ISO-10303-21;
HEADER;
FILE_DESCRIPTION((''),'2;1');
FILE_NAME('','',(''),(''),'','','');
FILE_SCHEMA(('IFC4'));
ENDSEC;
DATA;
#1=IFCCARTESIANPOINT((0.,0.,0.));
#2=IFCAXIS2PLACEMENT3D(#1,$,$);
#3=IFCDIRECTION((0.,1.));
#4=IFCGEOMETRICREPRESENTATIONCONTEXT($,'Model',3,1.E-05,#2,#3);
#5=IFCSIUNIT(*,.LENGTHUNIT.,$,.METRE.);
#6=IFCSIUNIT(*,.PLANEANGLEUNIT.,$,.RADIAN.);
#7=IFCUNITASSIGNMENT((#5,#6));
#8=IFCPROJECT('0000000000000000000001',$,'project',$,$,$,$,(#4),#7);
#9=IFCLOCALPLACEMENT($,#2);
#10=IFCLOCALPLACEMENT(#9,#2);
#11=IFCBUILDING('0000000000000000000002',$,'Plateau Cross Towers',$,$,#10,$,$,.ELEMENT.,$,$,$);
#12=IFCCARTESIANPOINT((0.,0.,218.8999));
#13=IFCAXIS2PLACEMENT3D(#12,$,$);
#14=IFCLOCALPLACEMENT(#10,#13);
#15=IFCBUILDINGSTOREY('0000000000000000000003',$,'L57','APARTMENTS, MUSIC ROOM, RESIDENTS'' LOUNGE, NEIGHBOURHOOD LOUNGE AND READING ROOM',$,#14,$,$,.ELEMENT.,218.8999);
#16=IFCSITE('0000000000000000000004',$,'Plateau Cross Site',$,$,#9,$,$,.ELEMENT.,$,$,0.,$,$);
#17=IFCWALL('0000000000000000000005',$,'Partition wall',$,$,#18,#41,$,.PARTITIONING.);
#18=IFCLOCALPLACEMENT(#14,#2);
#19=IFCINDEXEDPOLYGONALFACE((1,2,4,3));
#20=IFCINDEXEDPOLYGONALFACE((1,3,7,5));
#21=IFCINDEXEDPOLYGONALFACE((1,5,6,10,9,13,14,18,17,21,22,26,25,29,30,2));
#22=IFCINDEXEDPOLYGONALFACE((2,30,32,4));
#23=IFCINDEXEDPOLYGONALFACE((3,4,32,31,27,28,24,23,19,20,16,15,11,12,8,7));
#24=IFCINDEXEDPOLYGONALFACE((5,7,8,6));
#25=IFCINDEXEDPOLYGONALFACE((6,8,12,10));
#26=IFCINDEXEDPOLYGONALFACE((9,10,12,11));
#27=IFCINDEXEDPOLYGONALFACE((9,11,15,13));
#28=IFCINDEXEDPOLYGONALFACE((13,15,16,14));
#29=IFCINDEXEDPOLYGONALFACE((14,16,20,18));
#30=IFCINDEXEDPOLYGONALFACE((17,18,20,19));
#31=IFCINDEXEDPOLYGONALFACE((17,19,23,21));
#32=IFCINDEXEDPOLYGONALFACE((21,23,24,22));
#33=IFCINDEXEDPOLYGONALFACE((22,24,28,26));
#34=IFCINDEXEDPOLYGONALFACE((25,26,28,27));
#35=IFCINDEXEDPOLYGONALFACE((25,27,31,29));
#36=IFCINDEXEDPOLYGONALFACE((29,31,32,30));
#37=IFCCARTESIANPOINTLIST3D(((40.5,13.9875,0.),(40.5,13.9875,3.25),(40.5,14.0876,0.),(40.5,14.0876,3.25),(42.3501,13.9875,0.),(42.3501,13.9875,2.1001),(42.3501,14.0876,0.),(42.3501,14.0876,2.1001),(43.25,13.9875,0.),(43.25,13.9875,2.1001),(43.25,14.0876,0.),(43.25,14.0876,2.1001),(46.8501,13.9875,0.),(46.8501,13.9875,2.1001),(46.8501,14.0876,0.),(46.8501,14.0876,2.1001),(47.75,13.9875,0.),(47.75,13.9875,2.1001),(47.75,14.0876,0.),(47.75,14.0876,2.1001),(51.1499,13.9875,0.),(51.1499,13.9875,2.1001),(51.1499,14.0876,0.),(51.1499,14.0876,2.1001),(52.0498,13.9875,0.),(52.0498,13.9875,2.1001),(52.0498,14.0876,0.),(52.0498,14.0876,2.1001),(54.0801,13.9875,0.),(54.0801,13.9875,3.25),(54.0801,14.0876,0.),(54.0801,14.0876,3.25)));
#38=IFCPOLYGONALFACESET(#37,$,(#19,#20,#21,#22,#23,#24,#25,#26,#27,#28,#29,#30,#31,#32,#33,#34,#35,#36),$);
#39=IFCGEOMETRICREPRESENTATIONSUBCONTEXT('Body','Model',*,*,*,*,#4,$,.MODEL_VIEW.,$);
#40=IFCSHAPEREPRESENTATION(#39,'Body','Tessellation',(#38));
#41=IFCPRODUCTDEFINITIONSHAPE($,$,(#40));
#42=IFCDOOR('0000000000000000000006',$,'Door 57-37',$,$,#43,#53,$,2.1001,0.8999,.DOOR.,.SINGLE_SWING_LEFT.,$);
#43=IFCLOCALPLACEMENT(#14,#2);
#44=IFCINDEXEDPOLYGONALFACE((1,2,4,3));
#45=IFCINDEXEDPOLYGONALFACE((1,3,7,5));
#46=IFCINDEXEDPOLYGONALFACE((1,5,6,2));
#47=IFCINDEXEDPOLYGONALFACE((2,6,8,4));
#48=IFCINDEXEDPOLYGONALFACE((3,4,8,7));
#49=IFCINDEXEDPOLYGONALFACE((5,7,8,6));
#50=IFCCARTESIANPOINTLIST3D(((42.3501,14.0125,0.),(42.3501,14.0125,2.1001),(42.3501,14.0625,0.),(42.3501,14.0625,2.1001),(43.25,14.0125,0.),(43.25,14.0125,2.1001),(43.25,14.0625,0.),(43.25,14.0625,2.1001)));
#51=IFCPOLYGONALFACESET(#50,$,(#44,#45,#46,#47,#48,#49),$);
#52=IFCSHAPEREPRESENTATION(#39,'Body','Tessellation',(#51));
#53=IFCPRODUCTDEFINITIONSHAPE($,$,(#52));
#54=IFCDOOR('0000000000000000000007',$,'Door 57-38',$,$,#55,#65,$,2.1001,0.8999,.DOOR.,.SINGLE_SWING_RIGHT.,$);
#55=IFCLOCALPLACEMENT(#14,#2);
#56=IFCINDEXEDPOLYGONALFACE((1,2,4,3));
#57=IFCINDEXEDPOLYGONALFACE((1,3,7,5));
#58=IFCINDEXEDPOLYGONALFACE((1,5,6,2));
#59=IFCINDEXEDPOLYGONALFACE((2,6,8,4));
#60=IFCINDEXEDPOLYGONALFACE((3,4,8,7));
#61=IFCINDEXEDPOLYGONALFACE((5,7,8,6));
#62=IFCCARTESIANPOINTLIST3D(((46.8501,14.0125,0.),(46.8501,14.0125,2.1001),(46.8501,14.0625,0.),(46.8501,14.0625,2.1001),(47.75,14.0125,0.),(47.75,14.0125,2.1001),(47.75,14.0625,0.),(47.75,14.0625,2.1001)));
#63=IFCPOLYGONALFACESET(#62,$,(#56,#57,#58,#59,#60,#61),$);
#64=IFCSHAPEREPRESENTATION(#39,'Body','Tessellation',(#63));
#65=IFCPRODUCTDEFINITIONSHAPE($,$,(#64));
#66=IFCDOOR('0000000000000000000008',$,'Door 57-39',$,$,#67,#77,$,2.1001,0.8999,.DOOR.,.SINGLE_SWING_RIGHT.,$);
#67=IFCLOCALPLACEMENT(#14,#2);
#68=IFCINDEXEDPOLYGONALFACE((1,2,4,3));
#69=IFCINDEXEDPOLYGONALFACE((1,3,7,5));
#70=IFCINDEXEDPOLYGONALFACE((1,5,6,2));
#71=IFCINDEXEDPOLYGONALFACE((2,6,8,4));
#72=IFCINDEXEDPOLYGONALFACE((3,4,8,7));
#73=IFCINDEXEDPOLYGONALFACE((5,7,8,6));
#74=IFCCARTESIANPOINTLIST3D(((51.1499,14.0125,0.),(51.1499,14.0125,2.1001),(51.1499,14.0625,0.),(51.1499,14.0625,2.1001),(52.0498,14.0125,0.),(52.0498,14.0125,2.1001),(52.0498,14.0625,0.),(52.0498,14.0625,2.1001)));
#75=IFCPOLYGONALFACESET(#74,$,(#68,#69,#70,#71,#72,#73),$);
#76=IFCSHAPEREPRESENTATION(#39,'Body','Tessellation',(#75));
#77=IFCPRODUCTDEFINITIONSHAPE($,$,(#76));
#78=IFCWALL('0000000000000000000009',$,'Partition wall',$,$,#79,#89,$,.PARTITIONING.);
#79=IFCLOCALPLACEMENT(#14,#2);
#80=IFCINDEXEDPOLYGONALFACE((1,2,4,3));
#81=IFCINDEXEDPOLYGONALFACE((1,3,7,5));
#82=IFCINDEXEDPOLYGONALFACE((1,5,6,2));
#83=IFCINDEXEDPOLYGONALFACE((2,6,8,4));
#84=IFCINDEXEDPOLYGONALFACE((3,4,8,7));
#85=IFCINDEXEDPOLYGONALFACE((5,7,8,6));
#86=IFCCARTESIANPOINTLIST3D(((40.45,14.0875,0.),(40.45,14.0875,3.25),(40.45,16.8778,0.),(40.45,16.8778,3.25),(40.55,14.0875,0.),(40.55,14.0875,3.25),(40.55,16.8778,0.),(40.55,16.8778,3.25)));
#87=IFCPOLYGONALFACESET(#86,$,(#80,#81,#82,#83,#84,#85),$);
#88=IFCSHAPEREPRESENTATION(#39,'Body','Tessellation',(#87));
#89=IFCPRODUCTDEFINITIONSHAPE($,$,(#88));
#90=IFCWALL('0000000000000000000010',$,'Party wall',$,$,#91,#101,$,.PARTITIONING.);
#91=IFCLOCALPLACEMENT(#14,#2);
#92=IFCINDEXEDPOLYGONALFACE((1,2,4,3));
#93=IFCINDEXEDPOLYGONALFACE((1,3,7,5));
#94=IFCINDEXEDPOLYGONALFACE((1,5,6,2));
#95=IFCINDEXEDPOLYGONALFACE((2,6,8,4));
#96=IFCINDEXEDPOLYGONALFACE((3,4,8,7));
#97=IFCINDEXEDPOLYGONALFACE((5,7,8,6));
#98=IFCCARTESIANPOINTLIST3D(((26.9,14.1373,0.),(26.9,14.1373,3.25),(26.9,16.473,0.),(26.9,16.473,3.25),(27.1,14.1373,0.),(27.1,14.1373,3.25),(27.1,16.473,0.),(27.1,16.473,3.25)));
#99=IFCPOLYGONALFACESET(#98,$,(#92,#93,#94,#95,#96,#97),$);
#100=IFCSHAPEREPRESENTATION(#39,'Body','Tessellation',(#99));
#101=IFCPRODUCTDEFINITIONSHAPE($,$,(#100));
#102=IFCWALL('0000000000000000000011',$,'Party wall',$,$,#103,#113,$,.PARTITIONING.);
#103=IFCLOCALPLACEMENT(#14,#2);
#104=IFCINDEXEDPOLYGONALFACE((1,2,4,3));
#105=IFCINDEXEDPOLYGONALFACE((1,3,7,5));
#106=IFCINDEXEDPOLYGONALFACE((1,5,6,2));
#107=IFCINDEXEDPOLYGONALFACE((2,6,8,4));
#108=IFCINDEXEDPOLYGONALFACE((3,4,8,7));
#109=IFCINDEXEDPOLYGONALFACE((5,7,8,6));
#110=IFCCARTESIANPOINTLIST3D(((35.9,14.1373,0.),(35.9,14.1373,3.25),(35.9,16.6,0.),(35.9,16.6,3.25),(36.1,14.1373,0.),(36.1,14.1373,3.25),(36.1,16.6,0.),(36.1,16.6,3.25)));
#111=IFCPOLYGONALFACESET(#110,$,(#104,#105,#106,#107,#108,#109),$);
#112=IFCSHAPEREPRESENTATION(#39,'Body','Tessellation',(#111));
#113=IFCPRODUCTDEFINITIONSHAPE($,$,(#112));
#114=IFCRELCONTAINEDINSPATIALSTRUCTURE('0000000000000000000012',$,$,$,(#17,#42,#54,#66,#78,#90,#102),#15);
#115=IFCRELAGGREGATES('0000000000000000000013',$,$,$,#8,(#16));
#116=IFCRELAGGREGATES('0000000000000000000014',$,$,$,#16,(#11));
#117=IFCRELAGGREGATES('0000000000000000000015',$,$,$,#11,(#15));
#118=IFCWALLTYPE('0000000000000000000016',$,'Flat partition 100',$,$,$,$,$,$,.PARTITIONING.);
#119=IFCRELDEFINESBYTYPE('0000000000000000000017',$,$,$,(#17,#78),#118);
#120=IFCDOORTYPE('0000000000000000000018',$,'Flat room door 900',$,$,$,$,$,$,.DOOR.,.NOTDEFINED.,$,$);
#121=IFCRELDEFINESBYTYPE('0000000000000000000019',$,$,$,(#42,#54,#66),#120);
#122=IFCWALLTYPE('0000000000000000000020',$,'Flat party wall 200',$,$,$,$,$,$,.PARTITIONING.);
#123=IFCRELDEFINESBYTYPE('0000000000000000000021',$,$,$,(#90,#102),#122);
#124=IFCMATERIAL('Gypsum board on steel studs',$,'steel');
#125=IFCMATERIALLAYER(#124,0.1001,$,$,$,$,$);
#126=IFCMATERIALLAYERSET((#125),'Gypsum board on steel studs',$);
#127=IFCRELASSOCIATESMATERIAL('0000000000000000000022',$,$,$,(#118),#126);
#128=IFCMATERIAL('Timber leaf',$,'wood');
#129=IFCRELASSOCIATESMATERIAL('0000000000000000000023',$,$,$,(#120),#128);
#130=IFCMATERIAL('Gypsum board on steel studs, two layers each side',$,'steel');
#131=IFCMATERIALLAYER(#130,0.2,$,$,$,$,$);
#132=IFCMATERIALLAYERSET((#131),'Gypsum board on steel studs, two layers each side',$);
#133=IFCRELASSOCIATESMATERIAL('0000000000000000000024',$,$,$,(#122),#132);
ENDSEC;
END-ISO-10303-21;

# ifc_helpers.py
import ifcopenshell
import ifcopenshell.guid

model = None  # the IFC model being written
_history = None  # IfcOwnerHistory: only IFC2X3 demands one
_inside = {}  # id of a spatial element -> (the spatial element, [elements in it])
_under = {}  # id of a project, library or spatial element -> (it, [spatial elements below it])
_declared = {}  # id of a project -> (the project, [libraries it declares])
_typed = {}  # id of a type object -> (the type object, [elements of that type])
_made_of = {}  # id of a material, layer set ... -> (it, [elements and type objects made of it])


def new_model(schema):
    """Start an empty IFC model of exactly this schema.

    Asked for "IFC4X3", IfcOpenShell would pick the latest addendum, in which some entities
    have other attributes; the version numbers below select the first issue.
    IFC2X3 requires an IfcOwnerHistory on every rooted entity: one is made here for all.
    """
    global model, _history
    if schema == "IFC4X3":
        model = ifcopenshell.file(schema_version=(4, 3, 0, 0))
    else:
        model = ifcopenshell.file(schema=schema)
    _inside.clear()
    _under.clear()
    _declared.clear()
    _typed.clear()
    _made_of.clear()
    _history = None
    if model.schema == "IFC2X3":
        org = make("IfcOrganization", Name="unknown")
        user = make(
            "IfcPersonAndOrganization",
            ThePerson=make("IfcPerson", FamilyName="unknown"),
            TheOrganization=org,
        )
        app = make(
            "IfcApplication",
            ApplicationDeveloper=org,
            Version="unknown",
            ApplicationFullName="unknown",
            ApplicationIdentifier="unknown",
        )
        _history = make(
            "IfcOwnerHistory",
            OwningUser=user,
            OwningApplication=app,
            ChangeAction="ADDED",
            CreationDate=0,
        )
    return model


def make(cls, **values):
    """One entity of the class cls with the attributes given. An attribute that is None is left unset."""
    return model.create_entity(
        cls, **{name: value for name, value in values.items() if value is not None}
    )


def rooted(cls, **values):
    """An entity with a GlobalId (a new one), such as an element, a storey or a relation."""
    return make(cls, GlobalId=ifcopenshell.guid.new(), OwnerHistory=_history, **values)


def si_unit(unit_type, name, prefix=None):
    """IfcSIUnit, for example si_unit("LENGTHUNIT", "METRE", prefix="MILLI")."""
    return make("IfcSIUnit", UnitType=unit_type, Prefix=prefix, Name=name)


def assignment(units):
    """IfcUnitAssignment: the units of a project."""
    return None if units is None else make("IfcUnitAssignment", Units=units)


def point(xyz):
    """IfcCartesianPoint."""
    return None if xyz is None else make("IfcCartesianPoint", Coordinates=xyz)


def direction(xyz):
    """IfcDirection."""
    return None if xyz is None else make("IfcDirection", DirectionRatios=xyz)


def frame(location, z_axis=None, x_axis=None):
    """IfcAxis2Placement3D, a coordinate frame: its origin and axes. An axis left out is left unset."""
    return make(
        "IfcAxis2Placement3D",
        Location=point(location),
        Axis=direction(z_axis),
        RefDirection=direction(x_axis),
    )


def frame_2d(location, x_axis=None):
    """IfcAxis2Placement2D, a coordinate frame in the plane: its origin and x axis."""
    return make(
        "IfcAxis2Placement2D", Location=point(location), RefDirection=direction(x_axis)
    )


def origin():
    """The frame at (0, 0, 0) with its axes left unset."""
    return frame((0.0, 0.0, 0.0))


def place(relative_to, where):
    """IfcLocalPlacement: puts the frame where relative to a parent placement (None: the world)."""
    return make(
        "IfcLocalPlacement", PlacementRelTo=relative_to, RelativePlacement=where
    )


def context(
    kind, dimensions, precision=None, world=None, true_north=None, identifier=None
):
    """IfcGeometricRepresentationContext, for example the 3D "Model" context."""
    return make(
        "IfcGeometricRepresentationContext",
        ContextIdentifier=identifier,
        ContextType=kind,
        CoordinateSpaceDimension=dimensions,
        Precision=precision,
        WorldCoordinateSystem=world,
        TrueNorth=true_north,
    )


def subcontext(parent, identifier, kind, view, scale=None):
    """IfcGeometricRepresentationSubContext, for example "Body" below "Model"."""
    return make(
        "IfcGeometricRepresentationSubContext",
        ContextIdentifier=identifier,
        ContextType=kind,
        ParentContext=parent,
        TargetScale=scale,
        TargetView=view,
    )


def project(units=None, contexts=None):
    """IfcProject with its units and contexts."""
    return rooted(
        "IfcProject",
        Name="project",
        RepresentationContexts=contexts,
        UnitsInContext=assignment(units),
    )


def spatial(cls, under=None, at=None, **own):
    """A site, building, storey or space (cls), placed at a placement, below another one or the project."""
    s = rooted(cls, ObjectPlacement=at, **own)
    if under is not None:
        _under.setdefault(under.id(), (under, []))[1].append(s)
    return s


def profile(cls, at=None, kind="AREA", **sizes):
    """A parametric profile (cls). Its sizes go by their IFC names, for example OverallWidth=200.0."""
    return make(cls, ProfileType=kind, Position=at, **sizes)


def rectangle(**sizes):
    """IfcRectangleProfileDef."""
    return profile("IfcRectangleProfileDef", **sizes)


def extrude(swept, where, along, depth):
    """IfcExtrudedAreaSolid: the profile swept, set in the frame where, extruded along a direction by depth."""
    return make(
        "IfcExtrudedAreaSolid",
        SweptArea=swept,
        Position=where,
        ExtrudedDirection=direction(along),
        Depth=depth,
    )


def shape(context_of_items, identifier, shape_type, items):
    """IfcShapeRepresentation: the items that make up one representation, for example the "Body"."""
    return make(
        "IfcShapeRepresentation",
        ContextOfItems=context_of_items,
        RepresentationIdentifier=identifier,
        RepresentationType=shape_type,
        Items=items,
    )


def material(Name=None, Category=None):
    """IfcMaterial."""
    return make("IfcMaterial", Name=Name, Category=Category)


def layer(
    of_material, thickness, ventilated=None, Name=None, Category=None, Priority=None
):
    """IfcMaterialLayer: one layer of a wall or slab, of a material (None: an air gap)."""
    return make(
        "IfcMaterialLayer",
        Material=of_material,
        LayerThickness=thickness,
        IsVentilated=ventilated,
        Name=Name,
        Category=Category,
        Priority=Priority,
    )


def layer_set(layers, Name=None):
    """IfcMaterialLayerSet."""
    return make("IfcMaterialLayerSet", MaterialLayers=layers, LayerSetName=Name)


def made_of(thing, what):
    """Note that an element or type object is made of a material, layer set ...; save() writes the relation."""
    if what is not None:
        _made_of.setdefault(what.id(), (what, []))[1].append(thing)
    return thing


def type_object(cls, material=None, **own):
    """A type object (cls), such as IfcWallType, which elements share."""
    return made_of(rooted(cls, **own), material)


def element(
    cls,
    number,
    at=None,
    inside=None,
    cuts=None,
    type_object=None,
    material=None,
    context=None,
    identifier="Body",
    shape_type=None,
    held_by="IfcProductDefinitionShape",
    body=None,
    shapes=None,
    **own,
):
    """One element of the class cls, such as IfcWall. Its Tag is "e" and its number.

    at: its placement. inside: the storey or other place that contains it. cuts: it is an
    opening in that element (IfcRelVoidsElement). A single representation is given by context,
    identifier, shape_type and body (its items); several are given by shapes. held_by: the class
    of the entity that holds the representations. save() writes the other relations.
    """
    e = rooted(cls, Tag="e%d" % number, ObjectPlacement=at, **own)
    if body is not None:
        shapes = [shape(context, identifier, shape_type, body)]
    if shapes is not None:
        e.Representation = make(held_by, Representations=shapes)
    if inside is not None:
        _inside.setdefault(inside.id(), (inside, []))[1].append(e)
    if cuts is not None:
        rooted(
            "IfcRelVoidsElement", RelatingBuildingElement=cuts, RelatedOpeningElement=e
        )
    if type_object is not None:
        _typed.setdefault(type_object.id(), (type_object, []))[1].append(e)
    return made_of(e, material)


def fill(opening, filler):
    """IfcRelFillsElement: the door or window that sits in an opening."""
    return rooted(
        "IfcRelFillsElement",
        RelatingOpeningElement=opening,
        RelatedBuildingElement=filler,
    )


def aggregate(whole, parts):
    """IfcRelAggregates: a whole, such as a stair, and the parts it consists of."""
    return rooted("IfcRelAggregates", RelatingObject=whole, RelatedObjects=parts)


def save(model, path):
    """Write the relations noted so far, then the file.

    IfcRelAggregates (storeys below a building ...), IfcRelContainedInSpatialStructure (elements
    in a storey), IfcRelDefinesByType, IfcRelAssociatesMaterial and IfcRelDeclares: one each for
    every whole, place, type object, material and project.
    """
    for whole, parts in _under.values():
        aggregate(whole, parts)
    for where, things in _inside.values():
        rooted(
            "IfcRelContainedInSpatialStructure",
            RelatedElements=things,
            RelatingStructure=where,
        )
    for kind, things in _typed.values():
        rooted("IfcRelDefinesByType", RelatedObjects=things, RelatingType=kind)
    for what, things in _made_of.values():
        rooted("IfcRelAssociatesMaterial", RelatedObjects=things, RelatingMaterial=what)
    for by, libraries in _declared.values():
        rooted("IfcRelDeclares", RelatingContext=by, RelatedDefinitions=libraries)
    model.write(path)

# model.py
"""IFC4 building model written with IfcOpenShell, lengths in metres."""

from ifc_helpers import new_model, si_unit, direction, frame, frame_2d, origin, place, context, subcontext, project, spatial, rectangle, extrude, material, layer, layer_set, type_object, element, fill, save


model = new_model("IFC4")

# Units and contexts
model_context = context("Model", 3, precision=1e-05, world=origin(), true_north=direction((0.0, 1.0)))
body_context = subcontext(model_context, "Body", "Model", "MODEL_VIEW")
ifc_project = project(units=[si_unit("LENGTHUNIT", "METRE"), si_unit("PLANEANGLEUNIT", "RADIAN")], contexts=[model_context])

# Site, building, storey
site_placement = place(None, origin())
site = spatial("IfcSite", under=ifc_project, at=site_placement, Name="Plateau Cross Site", CompositionType="ELEMENT", RefElevation=0.0)
building_placement = place(site_placement, origin())
building = spatial("IfcBuilding", under=site, at=building_placement, Name="Plateau Cross Towers", CompositionType="ELEMENT")
storey_placement = place(building_placement, frame((0.0, 0.0, 218.8999)))
storey = spatial("IfcBuildingStorey", under=building, at=storey_placement, Name="L57", Description="APARTMENTS, MUSIC ROOM, RESIDENTS' LOUNGE, NEIGHBOURHOOD LOUNGE AND READING ROOM", CompositionType="ELEMENT", Elevation=218.8999)

# Shared definitions
ifc_material_1 = material(Name="Gypsum board on steel studs", Category="steel")
ifc_layer_1 = layer(ifc_material_1, 0.1001)
ifc_layer_set_1 = layer_set([ifc_layer_1], Name="Gypsum board on steel studs")
wall_type_1 = type_object("IfcWallType", Name="Flat partition 100", PredefinedType="PARTITIONING", material=ifc_layer_set_1)

# Shared definitions
ifc_material_2 = material(Name="Timber leaf", Category="wood")
door_type_1 = type_object("IfcDoorType", Name="Flat room door 900", OperationType="NOTDEFINED", PredefinedType="DOOR", material=ifc_material_2)

# Wall, openings, doors
wall_1_placement = place(storey_placement, frame((40.5, 14.0376, 0.0), z_axis=(0.0, 0.0, 1.0), x_axis=(1.0, 0.0, 0.0)))
wall_1 = element("IfcWall", 1, at=wall_1_placement, inside=storey, type_object=wall_type_1, Name="Partition wall", PredefinedType="PARTITIONING", context=body_context, shape_type="SweptSolid", body=[
    extrude(rectangle(XDim=13.5801, YDim=0.1001, at=frame_2d((6.79, 0.0))), origin(), (0.0, 0.0, 1.0), 3.25),
])
opening_1_placement = place(wall_1_placement, frame((1.8501, 0.0, 0.0)))
opening_1 = element("IfcOpeningElement", 2, at=opening_1_placement, cuts=wall_1, PredefinedType="OPENING", context=body_context, shape_type="SweptSolid", body=[
    extrude(rectangle(XDim=0.8999, YDim=2.1001, at=frame_2d((0.45, 1.05))), frame((0.0, 0.0601, 0.0), z_axis=(0.0, -1.0, 0.0), x_axis=(1.0, 0.0, 0.0)), (0.0, 0.0, 1.0), 0.1201),
])
opening_2_placement = place(wall_1_placement, frame((6.3501, 0.0, 0.0)))
opening_2 = element("IfcOpeningElement", 3, at=opening_2_placement, cuts=wall_1, PredefinedType="OPENING", context=body_context, shape_type="SweptSolid", body=[
    extrude(rectangle(XDim=0.8999, YDim=2.1001, at=frame_2d((0.45, 1.05))), frame((0.0, 0.0601, 0.0), z_axis=(0.0, -1.0, 0.0), x_axis=(1.0, 0.0, 0.0)), (0.0, 0.0, 1.0), 0.1201),
])
opening_3_placement = place(wall_1_placement, frame((10.6499, 0.0, 0.0)))
opening_3 = element("IfcOpeningElement", 4, at=opening_3_placement, cuts=wall_1, PredefinedType="OPENING", context=body_context, shape_type="SweptSolid", body=[
    extrude(rectangle(XDim=0.8999, YDim=2.1001, at=frame_2d((0.45, 1.05))), frame((0.0, 0.0601, 0.0), z_axis=(0.0, -1.0, 0.0), x_axis=(1.0, 0.0, 0.0)), (0.0, 0.0, 1.0), 0.1201),
])
door_1_placement = place(opening_1_placement, origin())
door_1 = element("IfcDoor", 5, at=door_1_placement, inside=storey, type_object=door_type_1, Name="Door 57-37", OperationType="SINGLE_SWING_LEFT", OverallHeight=2.1001, OverallWidth=0.8999, PredefinedType="DOOR", context=body_context, shape_type="SweptSolid", body=[
    extrude(rectangle(XDim=0.8999, YDim=2.1001, at=frame_2d((0.45, 1.05))), frame((0.0, 0.0249, 0.0), z_axis=(0.0, -1.0, 0.0), x_axis=(1.0, 0.0, 0.0)), (0.0, 0.0, 1.0), 0.05),
])
fill(opening_1, door_1)
door_2_placement = place(opening_2_placement, origin())
door_2 = element("IfcDoor", 6, at=door_2_placement, inside=storey, type_object=door_type_1, Name="Door 57-38", OperationType="SINGLE_SWING_RIGHT", OverallHeight=2.1001, OverallWidth=0.8999, PredefinedType="DOOR", context=body_context, shape_type="SweptSolid", body=[
    extrude(rectangle(XDim=0.8999, YDim=2.1001, at=frame_2d((0.45, 1.05))), frame((0.0, 0.0249, 0.0), z_axis=(0.0, -1.0, 0.0), x_axis=(1.0, 0.0, 0.0)), (0.0, 0.0, 1.0), 0.05),
])
fill(opening_2, door_2)
door_3_placement = place(opening_3_placement, origin())
door_3 = element("IfcDoor", 7, at=door_3_placement, inside=storey, type_object=door_type_1, Name="Door 57-39", OperationType="SINGLE_SWING_RIGHT", OverallHeight=2.1001, OverallWidth=0.8999, PredefinedType="DOOR", context=body_context, shape_type="SweptSolid", body=[
    extrude(rectangle(XDim=0.8999, YDim=2.1001, at=frame_2d((0.45, 1.05))), frame((0.0, 0.0249, 0.0), z_axis=(0.0, -1.0, 0.0), x_axis=(1.0, 0.0, 0.0)), (0.0, 0.0, 1.0), 0.05),
])
fill(opening_3, door_3)

# Walls
wall_2_placement = place(storey_placement, frame((40.5, 16.8777, 0.0), z_axis=(0.0, 0.0, 1.0), x_axis=(0.0, -1.0, 0.0)))
element("IfcWall", 8, at=wall_2_placement, inside=storey, type_object=wall_type_1, Name="Partition wall", PredefinedType="PARTITIONING", context=body_context, shape_type="SweptSolid", body=[
    extrude(rectangle(XDim=2.7903, YDim=0.1001, at=frame_2d((1.395, 0.0))), origin(), (0.0, 0.0, 1.0), 3.25),
])
ifc_material_3 = material(Name="Gypsum board on steel studs, two layers each side", Category="steel")
ifc_layer_2 = layer(ifc_material_3, 0.2)
ifc_layer_set_2 = layer_set([ifc_layer_2], Name="Gypsum board on steel studs, two layers each side")
wall_type_2 = type_object("IfcWallType", Name="Flat party wall 200", PredefinedType="PARTITIONING", material=ifc_layer_set_2)
wall_3_placement = place(storey_placement, frame((27.0, 16.4731, 0.0), z_axis=(0.0, 0.0, 1.0), x_axis=(0.0, -1.0, 0.0)))
element("IfcWall", 9, at=wall_3_placement, inside=storey, type_object=wall_type_2, Name="Party wall", PredefinedType="PARTITIONING", context=body_context, shape_type="SweptSolid", body=[
    extrude(rectangle(XDim=2.3357, YDim=0.2, at=frame_2d((1.168, 0.0))), origin(), (0.0, 0.0, 1.0), 3.25),
])
wall_4_placement = place(storey_placement, frame((36.0, 16.6001, 0.0), z_axis=(0.0, 0.0, 1.0), x_axis=(0.0, -1.0, 0.0)))
element("IfcWall", 10, at=wall_4_placement, inside=storey, type_object=wall_type_2, Name="Party wall", PredefinedType="PARTITIONING", context=body_context, shape_type="SweptSolid", body=[
    extrude(rectangle(XDim=2.4626, YDim=0.2, at=frame_2d((1.2314, 0.0))), origin(), (0.0, 0.0, 1.0), 3.25),
])

save(model, "model.ifc")
